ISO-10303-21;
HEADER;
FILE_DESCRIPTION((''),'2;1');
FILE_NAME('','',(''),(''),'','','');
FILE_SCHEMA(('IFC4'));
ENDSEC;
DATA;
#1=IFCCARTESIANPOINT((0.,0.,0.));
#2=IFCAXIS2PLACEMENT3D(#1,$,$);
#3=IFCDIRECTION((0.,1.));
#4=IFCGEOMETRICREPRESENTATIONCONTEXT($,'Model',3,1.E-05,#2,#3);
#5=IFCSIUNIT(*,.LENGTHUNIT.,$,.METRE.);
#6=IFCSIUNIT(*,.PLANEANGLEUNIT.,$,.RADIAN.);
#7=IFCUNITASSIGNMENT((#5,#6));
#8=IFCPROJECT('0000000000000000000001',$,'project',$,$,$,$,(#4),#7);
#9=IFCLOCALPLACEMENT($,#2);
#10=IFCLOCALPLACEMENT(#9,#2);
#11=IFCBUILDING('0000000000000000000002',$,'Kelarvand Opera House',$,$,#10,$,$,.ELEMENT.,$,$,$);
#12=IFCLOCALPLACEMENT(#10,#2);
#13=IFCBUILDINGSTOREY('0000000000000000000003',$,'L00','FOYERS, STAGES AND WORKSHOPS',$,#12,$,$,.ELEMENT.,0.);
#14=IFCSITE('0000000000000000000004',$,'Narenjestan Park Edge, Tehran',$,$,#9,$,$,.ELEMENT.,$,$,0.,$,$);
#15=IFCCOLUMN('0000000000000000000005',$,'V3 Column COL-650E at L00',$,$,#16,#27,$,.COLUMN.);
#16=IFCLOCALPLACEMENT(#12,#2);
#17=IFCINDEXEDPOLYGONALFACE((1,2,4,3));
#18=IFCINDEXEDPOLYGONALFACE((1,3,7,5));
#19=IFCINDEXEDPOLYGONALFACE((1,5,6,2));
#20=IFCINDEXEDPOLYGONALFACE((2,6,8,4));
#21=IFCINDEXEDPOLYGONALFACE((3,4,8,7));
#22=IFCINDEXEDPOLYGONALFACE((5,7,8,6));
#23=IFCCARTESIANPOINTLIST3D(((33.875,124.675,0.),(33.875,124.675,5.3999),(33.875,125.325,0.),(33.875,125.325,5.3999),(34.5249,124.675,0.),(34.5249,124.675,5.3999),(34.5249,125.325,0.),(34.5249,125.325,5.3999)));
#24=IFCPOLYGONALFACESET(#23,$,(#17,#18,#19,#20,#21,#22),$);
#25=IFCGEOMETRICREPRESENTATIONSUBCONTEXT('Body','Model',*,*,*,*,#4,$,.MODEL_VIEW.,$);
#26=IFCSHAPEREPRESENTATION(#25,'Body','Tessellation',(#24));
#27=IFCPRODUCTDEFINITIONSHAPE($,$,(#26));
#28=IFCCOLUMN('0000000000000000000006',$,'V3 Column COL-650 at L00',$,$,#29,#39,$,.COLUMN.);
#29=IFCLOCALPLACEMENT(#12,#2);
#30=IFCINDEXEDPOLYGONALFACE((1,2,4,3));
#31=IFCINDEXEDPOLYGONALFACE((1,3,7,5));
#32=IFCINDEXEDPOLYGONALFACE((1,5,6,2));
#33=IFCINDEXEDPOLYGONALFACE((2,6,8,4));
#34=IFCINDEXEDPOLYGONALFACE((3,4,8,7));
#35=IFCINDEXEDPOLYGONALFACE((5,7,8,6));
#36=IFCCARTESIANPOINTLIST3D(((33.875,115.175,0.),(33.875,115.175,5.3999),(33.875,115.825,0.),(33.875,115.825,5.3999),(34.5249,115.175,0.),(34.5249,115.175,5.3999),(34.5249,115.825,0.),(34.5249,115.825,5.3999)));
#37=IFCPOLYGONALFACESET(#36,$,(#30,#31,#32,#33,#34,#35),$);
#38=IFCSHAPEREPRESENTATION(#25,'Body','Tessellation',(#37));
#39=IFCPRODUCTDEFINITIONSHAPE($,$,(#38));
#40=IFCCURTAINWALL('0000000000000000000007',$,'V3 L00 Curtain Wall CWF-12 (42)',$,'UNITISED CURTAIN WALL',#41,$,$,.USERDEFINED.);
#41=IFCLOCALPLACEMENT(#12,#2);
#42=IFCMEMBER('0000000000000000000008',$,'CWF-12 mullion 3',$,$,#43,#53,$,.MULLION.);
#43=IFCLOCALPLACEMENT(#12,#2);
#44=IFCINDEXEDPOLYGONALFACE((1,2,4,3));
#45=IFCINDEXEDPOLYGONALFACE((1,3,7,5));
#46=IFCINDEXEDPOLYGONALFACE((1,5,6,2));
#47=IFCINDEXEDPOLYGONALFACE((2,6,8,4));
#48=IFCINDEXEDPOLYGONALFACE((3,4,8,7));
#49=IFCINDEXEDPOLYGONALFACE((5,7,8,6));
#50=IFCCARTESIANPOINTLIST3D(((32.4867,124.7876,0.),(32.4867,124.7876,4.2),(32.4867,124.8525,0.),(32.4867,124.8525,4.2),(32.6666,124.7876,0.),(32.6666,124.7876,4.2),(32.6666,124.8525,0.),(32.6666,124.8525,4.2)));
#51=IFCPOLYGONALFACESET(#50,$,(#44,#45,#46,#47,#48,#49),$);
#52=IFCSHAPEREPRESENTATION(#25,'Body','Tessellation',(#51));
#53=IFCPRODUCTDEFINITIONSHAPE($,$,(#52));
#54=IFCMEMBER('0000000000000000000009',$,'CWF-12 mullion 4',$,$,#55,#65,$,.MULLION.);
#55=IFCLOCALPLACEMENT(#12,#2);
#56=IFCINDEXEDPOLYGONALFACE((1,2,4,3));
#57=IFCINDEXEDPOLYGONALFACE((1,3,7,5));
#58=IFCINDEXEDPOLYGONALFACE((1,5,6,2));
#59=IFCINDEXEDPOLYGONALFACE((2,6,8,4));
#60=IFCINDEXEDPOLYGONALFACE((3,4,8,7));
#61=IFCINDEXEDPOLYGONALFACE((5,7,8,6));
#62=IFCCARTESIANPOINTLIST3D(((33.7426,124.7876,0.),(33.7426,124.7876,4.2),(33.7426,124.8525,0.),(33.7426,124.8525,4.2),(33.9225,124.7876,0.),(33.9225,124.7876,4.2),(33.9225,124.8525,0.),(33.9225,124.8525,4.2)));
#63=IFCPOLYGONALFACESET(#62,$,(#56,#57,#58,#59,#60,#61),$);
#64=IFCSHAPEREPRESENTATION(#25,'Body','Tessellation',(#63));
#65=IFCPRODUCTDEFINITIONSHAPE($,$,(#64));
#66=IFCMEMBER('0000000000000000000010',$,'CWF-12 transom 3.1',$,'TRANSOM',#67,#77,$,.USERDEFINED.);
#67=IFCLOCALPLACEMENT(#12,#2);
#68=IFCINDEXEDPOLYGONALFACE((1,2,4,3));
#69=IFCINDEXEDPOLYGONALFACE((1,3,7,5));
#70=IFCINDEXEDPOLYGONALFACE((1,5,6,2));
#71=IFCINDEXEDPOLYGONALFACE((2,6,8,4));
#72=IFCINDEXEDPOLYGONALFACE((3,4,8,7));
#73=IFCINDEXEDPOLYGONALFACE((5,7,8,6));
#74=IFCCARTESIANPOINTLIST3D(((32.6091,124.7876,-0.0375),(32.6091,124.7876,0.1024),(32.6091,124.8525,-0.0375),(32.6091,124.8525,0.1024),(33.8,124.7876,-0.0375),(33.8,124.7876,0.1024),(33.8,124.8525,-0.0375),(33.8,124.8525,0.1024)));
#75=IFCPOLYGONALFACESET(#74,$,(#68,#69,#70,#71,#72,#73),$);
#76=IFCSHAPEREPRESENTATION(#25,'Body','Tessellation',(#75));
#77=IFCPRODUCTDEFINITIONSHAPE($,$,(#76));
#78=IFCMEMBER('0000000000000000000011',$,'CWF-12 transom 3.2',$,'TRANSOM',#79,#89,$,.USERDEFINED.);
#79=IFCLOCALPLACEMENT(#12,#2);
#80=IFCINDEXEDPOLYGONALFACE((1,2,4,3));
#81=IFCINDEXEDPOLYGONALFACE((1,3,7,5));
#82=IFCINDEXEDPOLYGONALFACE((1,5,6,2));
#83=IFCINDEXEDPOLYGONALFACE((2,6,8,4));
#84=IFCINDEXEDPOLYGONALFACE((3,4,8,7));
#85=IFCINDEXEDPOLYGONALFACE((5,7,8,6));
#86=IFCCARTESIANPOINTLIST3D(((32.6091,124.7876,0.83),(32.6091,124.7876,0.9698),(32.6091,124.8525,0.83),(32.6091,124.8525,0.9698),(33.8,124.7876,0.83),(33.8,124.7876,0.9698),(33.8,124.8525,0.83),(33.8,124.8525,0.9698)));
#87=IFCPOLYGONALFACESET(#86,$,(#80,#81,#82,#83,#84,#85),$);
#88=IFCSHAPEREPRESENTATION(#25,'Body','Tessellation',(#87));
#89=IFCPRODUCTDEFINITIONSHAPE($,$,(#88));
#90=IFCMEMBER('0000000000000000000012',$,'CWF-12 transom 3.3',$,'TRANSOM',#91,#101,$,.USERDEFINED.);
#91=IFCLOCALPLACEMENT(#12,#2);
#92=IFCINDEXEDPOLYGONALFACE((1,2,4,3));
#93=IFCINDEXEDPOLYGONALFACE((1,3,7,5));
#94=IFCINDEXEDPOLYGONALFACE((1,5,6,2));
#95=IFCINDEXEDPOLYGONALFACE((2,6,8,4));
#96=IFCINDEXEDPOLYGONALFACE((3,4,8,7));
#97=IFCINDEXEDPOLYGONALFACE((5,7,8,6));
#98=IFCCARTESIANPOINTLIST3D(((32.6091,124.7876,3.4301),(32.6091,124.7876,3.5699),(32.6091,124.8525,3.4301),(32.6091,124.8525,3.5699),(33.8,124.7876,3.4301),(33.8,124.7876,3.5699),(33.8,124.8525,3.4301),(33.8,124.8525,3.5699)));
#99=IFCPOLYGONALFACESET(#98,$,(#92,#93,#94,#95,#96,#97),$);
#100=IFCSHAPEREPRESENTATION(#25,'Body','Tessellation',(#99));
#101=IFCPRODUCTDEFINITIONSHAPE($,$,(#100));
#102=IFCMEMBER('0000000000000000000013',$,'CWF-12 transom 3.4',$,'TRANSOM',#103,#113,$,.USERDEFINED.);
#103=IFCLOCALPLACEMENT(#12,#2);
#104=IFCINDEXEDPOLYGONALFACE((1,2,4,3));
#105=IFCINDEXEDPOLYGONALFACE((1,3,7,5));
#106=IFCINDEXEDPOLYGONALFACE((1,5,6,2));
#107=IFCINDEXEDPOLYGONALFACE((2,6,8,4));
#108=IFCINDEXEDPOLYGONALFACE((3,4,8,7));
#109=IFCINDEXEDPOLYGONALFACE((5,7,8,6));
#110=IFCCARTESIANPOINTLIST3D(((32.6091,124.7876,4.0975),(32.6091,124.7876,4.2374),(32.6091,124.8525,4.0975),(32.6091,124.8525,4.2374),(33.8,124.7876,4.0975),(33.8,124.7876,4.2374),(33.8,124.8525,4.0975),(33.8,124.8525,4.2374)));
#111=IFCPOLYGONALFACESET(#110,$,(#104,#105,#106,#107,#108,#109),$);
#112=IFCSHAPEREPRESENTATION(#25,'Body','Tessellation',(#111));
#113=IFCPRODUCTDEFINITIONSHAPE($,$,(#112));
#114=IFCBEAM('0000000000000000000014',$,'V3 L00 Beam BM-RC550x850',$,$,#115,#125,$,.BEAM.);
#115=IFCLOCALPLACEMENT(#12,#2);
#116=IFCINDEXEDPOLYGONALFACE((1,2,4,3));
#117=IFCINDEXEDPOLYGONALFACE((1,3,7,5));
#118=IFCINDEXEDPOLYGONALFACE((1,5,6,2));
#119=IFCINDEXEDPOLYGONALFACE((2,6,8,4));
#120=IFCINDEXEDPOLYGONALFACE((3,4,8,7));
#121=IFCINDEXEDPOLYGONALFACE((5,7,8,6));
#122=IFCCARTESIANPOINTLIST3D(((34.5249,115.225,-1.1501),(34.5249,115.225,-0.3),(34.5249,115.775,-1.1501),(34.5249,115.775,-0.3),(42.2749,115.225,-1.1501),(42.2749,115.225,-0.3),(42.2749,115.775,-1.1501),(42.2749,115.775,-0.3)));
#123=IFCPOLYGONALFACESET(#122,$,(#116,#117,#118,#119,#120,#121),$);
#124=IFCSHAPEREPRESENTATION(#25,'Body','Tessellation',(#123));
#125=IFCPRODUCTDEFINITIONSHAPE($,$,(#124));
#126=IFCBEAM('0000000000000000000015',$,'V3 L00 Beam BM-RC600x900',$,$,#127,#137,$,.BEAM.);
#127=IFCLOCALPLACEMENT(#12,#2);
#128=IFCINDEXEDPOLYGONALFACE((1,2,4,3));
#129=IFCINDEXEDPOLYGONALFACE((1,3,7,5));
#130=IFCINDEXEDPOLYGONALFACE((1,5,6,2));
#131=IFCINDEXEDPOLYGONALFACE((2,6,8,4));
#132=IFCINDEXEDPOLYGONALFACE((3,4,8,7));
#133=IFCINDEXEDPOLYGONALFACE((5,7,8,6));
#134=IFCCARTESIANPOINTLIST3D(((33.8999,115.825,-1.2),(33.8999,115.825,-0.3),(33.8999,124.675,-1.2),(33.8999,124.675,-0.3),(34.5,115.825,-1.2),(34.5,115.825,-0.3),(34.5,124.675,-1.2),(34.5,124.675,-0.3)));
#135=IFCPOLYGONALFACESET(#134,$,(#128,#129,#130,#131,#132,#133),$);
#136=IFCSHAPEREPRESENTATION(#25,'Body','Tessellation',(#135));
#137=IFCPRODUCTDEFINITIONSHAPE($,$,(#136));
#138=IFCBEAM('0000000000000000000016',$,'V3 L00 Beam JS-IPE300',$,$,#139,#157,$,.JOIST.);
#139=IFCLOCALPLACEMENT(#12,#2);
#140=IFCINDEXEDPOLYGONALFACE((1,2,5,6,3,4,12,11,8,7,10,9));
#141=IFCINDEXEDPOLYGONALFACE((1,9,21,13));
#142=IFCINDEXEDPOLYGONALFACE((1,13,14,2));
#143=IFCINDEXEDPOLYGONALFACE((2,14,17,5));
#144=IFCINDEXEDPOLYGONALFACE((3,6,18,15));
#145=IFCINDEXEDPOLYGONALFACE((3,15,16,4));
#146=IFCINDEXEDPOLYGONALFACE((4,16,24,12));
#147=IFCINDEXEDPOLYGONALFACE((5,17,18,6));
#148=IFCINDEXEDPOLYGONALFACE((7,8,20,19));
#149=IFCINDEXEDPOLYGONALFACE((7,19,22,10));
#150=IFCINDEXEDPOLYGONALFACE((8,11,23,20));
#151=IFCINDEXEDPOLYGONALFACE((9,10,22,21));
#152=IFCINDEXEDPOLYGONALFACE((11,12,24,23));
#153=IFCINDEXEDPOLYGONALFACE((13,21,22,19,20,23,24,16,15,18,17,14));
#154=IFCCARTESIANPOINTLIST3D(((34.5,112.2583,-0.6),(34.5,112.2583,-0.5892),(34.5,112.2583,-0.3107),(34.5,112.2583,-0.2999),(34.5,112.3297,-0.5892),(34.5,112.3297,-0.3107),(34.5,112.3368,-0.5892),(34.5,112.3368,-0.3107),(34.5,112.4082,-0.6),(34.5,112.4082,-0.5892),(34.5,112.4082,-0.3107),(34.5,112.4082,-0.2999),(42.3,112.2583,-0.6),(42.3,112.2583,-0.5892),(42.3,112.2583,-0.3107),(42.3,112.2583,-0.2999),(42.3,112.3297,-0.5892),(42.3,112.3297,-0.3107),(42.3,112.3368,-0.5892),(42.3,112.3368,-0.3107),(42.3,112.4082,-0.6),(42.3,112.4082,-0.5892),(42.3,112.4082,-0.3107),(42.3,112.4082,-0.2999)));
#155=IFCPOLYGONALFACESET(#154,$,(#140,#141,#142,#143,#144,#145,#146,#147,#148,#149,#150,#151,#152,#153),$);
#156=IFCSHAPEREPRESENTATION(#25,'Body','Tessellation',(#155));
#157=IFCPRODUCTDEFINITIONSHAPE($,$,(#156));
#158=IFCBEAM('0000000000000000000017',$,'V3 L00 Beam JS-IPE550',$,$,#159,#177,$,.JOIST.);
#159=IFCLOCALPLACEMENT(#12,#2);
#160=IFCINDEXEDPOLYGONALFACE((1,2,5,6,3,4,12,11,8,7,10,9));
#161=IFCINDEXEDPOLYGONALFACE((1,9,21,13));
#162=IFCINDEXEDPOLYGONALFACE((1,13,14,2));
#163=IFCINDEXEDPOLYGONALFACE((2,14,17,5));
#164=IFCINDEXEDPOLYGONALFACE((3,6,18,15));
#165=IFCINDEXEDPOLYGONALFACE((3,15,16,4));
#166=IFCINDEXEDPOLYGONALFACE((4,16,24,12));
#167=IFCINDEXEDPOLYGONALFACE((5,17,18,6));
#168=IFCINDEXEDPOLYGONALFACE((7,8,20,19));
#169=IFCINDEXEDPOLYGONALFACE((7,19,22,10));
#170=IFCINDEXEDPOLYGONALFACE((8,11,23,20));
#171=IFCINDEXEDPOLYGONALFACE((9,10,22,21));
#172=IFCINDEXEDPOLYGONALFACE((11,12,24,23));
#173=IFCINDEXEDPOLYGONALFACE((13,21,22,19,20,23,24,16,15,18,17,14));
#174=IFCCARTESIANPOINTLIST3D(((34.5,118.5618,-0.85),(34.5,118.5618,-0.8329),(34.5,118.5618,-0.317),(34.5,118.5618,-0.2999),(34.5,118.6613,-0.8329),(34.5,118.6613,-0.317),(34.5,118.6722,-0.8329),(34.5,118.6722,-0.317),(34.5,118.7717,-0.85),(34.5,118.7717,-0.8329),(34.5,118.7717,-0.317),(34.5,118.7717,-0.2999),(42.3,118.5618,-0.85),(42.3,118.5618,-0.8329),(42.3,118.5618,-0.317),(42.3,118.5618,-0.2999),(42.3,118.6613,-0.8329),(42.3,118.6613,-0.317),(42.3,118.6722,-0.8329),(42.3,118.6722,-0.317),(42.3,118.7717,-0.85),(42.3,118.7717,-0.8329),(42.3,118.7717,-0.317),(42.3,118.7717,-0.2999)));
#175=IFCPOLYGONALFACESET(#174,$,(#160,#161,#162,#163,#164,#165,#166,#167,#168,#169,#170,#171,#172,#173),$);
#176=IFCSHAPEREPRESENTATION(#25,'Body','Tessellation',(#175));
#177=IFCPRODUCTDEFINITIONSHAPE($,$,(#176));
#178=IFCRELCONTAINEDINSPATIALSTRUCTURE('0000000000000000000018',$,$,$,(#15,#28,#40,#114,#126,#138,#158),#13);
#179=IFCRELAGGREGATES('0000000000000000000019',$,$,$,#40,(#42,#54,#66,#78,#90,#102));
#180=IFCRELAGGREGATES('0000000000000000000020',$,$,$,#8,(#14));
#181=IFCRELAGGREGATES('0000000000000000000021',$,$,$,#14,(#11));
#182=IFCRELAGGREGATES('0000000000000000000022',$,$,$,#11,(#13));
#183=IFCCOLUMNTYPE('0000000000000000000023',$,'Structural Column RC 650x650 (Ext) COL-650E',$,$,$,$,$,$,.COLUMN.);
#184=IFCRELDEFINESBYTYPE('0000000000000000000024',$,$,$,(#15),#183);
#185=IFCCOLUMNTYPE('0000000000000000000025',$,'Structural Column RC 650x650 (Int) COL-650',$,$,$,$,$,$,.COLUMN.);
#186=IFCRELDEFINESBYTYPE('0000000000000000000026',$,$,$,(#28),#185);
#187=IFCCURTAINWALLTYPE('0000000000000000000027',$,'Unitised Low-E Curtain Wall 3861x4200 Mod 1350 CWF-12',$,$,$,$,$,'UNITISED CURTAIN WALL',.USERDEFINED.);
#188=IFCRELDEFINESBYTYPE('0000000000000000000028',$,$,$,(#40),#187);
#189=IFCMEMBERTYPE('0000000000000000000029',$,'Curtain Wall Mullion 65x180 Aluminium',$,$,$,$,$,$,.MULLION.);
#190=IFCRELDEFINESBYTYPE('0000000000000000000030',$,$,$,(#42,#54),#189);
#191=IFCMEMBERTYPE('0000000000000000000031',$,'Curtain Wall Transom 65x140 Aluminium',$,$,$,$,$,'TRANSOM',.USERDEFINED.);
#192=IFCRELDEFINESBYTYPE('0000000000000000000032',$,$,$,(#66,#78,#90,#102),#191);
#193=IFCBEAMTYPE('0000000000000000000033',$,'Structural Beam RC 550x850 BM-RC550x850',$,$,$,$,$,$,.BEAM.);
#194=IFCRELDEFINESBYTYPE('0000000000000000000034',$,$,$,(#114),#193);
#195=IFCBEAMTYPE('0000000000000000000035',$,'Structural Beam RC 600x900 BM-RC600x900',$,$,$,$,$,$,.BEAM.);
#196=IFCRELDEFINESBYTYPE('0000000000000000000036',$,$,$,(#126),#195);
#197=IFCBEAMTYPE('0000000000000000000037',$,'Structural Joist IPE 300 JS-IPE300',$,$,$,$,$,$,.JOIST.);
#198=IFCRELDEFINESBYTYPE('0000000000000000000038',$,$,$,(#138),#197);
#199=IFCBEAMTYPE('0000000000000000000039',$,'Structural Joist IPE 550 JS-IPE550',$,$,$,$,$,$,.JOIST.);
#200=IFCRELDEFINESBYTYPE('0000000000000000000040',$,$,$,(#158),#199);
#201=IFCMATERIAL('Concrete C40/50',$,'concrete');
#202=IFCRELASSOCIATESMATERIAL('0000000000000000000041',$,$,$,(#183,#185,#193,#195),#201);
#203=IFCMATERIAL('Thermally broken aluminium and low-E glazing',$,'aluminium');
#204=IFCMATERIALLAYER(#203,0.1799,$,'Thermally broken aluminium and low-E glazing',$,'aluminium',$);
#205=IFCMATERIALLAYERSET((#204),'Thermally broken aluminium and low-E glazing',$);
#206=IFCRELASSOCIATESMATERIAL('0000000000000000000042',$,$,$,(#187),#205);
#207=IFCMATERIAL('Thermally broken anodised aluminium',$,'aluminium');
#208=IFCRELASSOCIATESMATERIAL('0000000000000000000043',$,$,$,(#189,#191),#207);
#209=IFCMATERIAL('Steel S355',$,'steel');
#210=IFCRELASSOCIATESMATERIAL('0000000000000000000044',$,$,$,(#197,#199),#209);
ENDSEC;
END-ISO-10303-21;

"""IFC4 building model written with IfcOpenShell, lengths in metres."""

from ifc_helpers import new_model, si_unit, direction, frame, origin, origin_2d, place, context, subcontext, project, spatial, rectangle, i_section, extrude, material, layer, layer_set, material_profile, profile_set, type_object, element, aggregate, save


model = new_model("IFC4")

# Units and contexts
model_context = context("Model", 3, precision=1e-05, world=origin(), true_north=direction((0.0, 1.0)))
body_context = subcontext(model_context, "Body", "Model", "MODEL_VIEW")
ifc_project = project(units=[si_unit("LENGTHUNIT", "METRE"), si_unit("PLANEANGLEUNIT", "RADIAN")], contexts=[model_context])

# Site, building, storey
site_placement = place(None, origin())
site = spatial("IfcSite", under=ifc_project, at=site_placement, Name="Narenjestan Park Edge, Tehran", CompositionType="ELEMENT", RefElevation=0.0)
building_placement = place(site_placement, origin())
building = spatial("IfcBuilding", under=site, at=building_placement, Name="Kelarvand Opera House", CompositionType="ELEMENT")
storey_placement = place(building_placement, origin())
storey = spatial("IfcBuildingStorey", under=building, at=storey_placement, Name="L00", Description="FOYERS, STAGES AND WORKSHOPS", CompositionType="ELEMENT", Elevation=0.0)

# Columns
ifc_material_1 = material(Name="Concrete C40/50", Category="concrete")
ifc_material_profile_1 = material_profile(ifc_material_1, rectangle(XDim=0.6499, YDim=0.6499, at=origin_2d()), Name="RC 650x650", Category="concrete")
ifc_profile_set_1 = profile_set([ifc_material_profile_1], Name="Concrete C40/50")
column_type_1 = type_object("IfcColumnType", Name="Structural Column RC 650x650 (Ext) COL-650E", PredefinedType="COLUMN", material=ifc_profile_set_1)
column_1_placement = place(storey_placement, frame((34.2, 125.0, 0.0), z_axis=(0.0, 0.0, 1.0), x_axis=(1.0, 0.0, 0.0)))
element("IfcColumn", 1, at=column_1_placement, inside=storey, type_object=column_type_1, Name="V3 Column COL-650E at L00", PredefinedType="COLUMN", context=body_context, shape_type="SweptSolid", body=[
    extrude(rectangle(XDim=0.6499, YDim=0.6499, at=origin_2d()), origin(), (0.0, 0.0, 1.0), 5.3999),
])
ifc_material_profile_2 = material_profile(ifc_material_1, rectangle(XDim=0.6499, YDim=0.6499, at=origin_2d()), Name="RC 650x650", Category="concrete")
ifc_profile_set_2 = profile_set([ifc_material_profile_2], Name="Concrete C40/50")
column_type_2 = type_object("IfcColumnType", Name="Structural Column RC 650x650 (Int) COL-650", PredefinedType="COLUMN", material=ifc_profile_set_2)
column_2_placement = place(storey_placement, frame((34.2, 115.5, 0.0), z_axis=(0.0, 0.0, 1.0), x_axis=(1.0, 0.0, 0.0)))
element("IfcColumn", 2, at=column_2_placement, inside=storey, type_object=column_type_2, Name="V3 Column COL-650 at L00", PredefinedType="COLUMN", context=body_context, shape_type="SweptSolid", body=[
    extrude(rectangle(XDim=0.6499, YDim=0.6499, at=origin_2d()), origin(), (0.0, 0.0, 1.0), 5.3999),
])

# Curtain wall, members
ifc_material_2 = material(Name="Thermally broken aluminium and low-E glazing", Category="aluminium")
ifc_layer_1 = layer(ifc_material_2, 0.1799, Name="Thermally broken aluminium and low-E glazing", Category="aluminium")
ifc_layer_set_1 = layer_set([ifc_layer_1], Name="Thermally broken aluminium and low-E glazing")
curtain_wall_type = type_object("IfcCurtainWallType", Name="Unitised Low-E Curtain Wall 3861x4200 Mod 1350 CWF-12", ElementType="UNITISED CURTAIN WALL", PredefinedType="USERDEFINED", material=ifc_layer_set_1)
curtain_wall_placement = place(storey_placement, origin())
curtain_wall = element("IfcCurtainWall", 3, at=curtain_wall_placement, inside=storey, type_object=curtain_wall_type, Name="V3 L00 Curtain Wall CWF-12 (42)", ObjectType="UNITISED CURTAIN WALL", PredefinedType="USERDEFINED")
ifc_material_3 = material(Name="Thermally broken anodised aluminium", Category="aluminium")
ifc_material_profile_3 = material_profile(ifc_material_3, rectangle(XDim=0.0649, YDim=0.1799, at=origin_2d()), Name="ALU MULLION 65x180", Category="aluminium")
ifc_profile_set_3 = profile_set([ifc_material_profile_3], Name="Thermally broken anodised aluminium")
member_type_1 = type_object("IfcMemberType", Name="Curtain Wall Mullion 65x180 Aluminium", PredefinedType="MULLION", material=ifc_profile_set_3)
member_1_placement = place(storey_placement, frame((32.5767, 124.8201, 0.0), z_axis=(0.0, 0.0, 1.0), x_axis=(0.0, 1.0, 0.0)))
member_1 = element("IfcMember", 4, at=member_1_placement, type_object=member_type_1, Name="CWF-12 mullion 3", PredefinedType="MULLION", context=body_context, shape_type="SweptSolid", body=[
    extrude(rectangle(XDim=0.0649, YDim=0.1799, at=origin_2d()), origin(), (0.0, 0.0, 1.0), 4.2),
])
member_2_placement = place(storey_placement, frame((33.8325, 124.8201, 0.0), z_axis=(0.0, 0.0, 1.0), x_axis=(0.0, 1.0, 0.0)))
member_2 = element("IfcMember", 5, at=member_2_placement, type_object=member_type_1, Name="CWF-12 mullion 4", PredefinedType="MULLION", context=body_context, shape_type="SweptSolid", body=[
    extrude(rectangle(XDim=0.0649, YDim=0.1799, at=origin_2d()), origin(), (0.0, 0.0, 1.0), 4.2),
])
ifc_material_profile_4 = material_profile(ifc_material_3, rectangle(XDim=0.0649, YDim=0.1399, at=origin_2d()), Name="ALU TRANSOM 65x140", Category="aluminium")
ifc_profile_set_4 = profile_set([ifc_material_profile_4], Name="Thermally broken anodised aluminium")
member_type_2 = type_object("IfcMemberType", Name="Curtain Wall Transom 65x140 Aluminium", ElementType="TRANSOM", PredefinedType="USERDEFINED", material=ifc_profile_set_4)
member_3_placement = place(storey_placement, frame((32.6091, 124.8201, 0.0325), z_axis=(1.0, 0.0, 0.0), x_axis=(0.0, 1.0, 0.0)))
member_3 = element("IfcMember", 6, at=member_3_placement, type_object=member_type_2, Name="CWF-12 transom 3.1", ObjectType="TRANSOM", PredefinedType="USERDEFINED", context=body_context, shape_type="SweptSolid", body=[
    extrude(rectangle(XDim=0.0649, YDim=0.1399, at=origin_2d()), origin(), (0.0, 0.0, 1.0), 1.1909),
])
member_4_placement = place(storey_placement, frame((32.6091, 124.8201, 0.8999), z_axis=(1.0, 0.0, 0.0), x_axis=(0.0, 1.0, 0.0)))
member_4 = element("IfcMember", 7, at=member_4_placement, type_object=member_type_2, Name="CWF-12 transom 3.2", ObjectType="TRANSOM", PredefinedType="USERDEFINED", context=body_context, shape_type="SweptSolid", body=[
    extrude(rectangle(XDim=0.0649, YDim=0.1399, at=origin_2d()), origin(), (0.0, 0.0, 1.0), 1.1909),
])
member_5_placement = place(storey_placement, frame((32.6091, 124.8201, 3.5), z_axis=(1.0, 0.0, 0.0), x_axis=(0.0, 1.0, 0.0)))
member_5 = element("IfcMember", 8, at=member_5_placement, type_object=member_type_2, Name="CWF-12 transom 3.3", ObjectType="TRANSOM", PredefinedType="USERDEFINED", context=body_context, shape_type="SweptSolid", body=[
    extrude(rectangle(XDim=0.0649, YDim=0.1399, at=origin_2d()), origin(), (0.0, 0.0, 1.0), 1.1909),
])
member_6_placement = place(storey_placement, frame((32.6091, 124.8201, 4.1675), z_axis=(1.0, 0.0, 0.0), x_axis=(0.0, 1.0, 0.0)))
member_6 = element("IfcMember", 9, at=member_6_placement, type_object=member_type_2, Name="CWF-12 transom 3.4", ObjectType="TRANSOM", PredefinedType="USERDEFINED", context=body_context, shape_type="SweptSolid", body=[
    extrude(rectangle(XDim=0.0649, YDim=0.1399, at=origin_2d()), origin(), (0.0, 0.0, 1.0), 1.1909),
])

# Beams
ifc_material_profile_5 = material_profile(ifc_material_1, rectangle(XDim=0.55, YDim=0.8501, at=origin_2d()), Name="RC 550x850", Category="concrete")
ifc_profile_set_5 = profile_set([ifc_material_profile_5], Name="Concrete C40/50")
beam_type_1 = type_object("IfcBeamType", Name="Structural Beam RC 550x850 BM-RC550x850", PredefinedType="BEAM", material=ifc_profile_set_5)
beam_1_placement = place(storey_placement, frame((34.5249, 115.5, -0.7251), z_axis=(1.0, 0.0, 0.0), x_axis=(0.0, 1.0, 0.0)))
element("IfcBeam", 10, at=beam_1_placement, inside=storey, type_object=beam_type_1, Name="V3 L00 Beam BM-RC550x850", PredefinedType="BEAM", context=body_context, shape_type="SweptSolid", body=[
    extrude(rectangle(XDim=0.55, YDim=0.8501, at=origin_2d()), origin(), (0.0, 0.0, 1.0), 7.75),
])
ifc_material_profile_6 = material_profile(ifc_material_1, rectangle(XDim=0.6001, YDim=0.8999, at=origin_2d()), Name="RC 600x900", Category="concrete")
ifc_profile_set_6 = profile_set([ifc_material_profile_6], Name="Concrete C40/50")
beam_type_2 = type_object("IfcBeamType", Name="Structural Beam RC 600x900 BM-RC600x900", PredefinedType="BEAM", material=ifc_profile_set_6)
beam_2_placement = place(storey_placement, frame((34.2, 115.825, -0.75), z_axis=(0.0, 1.0, 0.0), x_axis=(-1.0, 0.0, 0.0)))
element("IfcBeam", 11, at=beam_2_placement, inside=storey, type_object=beam_type_2, Name="V3 L00 Beam BM-RC600x900", PredefinedType="BEAM", context=body_context, shape_type="SweptSolid", body=[
    extrude(rectangle(XDim=0.6001, YDim=0.8999, at=origin_2d()), origin(), (0.0, 0.0, 1.0), 8.8501),
])
ifc_material_4 = material(Name="Steel S355", Category="steel")
ifc_material_profile_7 = material_profile(ifc_material_4, i_section(OverallWidth=0.1499, OverallDepth=0.3, WebThickness=0.0071, FlangeThickness=0.0107, at=origin_2d()), Name="IPE 300", Category="steel")
ifc_profile_set_7 = profile_set([ifc_material_profile_7], Name="Steel S355")
beam_type_3 = type_object("IfcBeamType", Name="Structural Joist IPE 300 JS-IPE300", PredefinedType="JOIST", material=ifc_profile_set_7)
beam_3_placement = place(storey_placement, frame((34.5, 112.3333, -0.45), z_axis=(1.0, 0.0, 0.0), x_axis=(0.0, 1.0, 0.0)))
element("IfcBeam", 12, at=beam_3_placement, inside=storey, type_object=beam_type_3, Name="V3 L00 Beam JS-IPE300", PredefinedType="JOIST", context=body_context, shape_type="SweptSolid", body=[
    extrude(i_section(OverallWidth=0.1499, OverallDepth=0.3, WebThickness=0.0071, FlangeThickness=0.0107, at=origin_2d()), origin(), (0.0, 0.0, 1.0), 7.8),
])
ifc_material_profile_8 = material_profile(ifc_material_4, i_section(OverallWidth=0.21, OverallDepth=0.55, WebThickness=0.011, FlangeThickness=0.0171, at=origin_2d()), Name="IPE 550", Category="steel")
ifc_profile_set_8 = profile_set([ifc_material_profile_8], Name="Steel S355")
beam_type_4 = type_object("IfcBeamType", Name="Structural Joist IPE 550 JS-IPE550", PredefinedType="JOIST", material=ifc_profile_set_8)
for number, where, z_axis, x_axis, name in (
    (13, (34.5, 118.6667, -0.575), (1.0, 0.0, 0.0), (0.0, 1.0, 0.0), "V3 L00 Beam JS-IPE550"),
):
    element("IfcBeam", number, at=place(storey_placement, frame(where, z_axis=z_axis, x_axis=x_axis)), inside=storey, type_object=beam_type_4, Name=name, PredefinedType="JOIST", context=body_context, shape_type="SweptSolid", body=[
        extrude(i_section(OverallWidth=0.21, OverallDepth=0.55, WebThickness=0.011, FlangeThickness=0.0171, at=origin_2d()), origin(), (0.0, 0.0, 1.0), 7.8),
    ])

aggregate(curtain_wall, [member_1, member_2, member_3, member_4, member_5, member_6])

save(model, "model.ifc")
